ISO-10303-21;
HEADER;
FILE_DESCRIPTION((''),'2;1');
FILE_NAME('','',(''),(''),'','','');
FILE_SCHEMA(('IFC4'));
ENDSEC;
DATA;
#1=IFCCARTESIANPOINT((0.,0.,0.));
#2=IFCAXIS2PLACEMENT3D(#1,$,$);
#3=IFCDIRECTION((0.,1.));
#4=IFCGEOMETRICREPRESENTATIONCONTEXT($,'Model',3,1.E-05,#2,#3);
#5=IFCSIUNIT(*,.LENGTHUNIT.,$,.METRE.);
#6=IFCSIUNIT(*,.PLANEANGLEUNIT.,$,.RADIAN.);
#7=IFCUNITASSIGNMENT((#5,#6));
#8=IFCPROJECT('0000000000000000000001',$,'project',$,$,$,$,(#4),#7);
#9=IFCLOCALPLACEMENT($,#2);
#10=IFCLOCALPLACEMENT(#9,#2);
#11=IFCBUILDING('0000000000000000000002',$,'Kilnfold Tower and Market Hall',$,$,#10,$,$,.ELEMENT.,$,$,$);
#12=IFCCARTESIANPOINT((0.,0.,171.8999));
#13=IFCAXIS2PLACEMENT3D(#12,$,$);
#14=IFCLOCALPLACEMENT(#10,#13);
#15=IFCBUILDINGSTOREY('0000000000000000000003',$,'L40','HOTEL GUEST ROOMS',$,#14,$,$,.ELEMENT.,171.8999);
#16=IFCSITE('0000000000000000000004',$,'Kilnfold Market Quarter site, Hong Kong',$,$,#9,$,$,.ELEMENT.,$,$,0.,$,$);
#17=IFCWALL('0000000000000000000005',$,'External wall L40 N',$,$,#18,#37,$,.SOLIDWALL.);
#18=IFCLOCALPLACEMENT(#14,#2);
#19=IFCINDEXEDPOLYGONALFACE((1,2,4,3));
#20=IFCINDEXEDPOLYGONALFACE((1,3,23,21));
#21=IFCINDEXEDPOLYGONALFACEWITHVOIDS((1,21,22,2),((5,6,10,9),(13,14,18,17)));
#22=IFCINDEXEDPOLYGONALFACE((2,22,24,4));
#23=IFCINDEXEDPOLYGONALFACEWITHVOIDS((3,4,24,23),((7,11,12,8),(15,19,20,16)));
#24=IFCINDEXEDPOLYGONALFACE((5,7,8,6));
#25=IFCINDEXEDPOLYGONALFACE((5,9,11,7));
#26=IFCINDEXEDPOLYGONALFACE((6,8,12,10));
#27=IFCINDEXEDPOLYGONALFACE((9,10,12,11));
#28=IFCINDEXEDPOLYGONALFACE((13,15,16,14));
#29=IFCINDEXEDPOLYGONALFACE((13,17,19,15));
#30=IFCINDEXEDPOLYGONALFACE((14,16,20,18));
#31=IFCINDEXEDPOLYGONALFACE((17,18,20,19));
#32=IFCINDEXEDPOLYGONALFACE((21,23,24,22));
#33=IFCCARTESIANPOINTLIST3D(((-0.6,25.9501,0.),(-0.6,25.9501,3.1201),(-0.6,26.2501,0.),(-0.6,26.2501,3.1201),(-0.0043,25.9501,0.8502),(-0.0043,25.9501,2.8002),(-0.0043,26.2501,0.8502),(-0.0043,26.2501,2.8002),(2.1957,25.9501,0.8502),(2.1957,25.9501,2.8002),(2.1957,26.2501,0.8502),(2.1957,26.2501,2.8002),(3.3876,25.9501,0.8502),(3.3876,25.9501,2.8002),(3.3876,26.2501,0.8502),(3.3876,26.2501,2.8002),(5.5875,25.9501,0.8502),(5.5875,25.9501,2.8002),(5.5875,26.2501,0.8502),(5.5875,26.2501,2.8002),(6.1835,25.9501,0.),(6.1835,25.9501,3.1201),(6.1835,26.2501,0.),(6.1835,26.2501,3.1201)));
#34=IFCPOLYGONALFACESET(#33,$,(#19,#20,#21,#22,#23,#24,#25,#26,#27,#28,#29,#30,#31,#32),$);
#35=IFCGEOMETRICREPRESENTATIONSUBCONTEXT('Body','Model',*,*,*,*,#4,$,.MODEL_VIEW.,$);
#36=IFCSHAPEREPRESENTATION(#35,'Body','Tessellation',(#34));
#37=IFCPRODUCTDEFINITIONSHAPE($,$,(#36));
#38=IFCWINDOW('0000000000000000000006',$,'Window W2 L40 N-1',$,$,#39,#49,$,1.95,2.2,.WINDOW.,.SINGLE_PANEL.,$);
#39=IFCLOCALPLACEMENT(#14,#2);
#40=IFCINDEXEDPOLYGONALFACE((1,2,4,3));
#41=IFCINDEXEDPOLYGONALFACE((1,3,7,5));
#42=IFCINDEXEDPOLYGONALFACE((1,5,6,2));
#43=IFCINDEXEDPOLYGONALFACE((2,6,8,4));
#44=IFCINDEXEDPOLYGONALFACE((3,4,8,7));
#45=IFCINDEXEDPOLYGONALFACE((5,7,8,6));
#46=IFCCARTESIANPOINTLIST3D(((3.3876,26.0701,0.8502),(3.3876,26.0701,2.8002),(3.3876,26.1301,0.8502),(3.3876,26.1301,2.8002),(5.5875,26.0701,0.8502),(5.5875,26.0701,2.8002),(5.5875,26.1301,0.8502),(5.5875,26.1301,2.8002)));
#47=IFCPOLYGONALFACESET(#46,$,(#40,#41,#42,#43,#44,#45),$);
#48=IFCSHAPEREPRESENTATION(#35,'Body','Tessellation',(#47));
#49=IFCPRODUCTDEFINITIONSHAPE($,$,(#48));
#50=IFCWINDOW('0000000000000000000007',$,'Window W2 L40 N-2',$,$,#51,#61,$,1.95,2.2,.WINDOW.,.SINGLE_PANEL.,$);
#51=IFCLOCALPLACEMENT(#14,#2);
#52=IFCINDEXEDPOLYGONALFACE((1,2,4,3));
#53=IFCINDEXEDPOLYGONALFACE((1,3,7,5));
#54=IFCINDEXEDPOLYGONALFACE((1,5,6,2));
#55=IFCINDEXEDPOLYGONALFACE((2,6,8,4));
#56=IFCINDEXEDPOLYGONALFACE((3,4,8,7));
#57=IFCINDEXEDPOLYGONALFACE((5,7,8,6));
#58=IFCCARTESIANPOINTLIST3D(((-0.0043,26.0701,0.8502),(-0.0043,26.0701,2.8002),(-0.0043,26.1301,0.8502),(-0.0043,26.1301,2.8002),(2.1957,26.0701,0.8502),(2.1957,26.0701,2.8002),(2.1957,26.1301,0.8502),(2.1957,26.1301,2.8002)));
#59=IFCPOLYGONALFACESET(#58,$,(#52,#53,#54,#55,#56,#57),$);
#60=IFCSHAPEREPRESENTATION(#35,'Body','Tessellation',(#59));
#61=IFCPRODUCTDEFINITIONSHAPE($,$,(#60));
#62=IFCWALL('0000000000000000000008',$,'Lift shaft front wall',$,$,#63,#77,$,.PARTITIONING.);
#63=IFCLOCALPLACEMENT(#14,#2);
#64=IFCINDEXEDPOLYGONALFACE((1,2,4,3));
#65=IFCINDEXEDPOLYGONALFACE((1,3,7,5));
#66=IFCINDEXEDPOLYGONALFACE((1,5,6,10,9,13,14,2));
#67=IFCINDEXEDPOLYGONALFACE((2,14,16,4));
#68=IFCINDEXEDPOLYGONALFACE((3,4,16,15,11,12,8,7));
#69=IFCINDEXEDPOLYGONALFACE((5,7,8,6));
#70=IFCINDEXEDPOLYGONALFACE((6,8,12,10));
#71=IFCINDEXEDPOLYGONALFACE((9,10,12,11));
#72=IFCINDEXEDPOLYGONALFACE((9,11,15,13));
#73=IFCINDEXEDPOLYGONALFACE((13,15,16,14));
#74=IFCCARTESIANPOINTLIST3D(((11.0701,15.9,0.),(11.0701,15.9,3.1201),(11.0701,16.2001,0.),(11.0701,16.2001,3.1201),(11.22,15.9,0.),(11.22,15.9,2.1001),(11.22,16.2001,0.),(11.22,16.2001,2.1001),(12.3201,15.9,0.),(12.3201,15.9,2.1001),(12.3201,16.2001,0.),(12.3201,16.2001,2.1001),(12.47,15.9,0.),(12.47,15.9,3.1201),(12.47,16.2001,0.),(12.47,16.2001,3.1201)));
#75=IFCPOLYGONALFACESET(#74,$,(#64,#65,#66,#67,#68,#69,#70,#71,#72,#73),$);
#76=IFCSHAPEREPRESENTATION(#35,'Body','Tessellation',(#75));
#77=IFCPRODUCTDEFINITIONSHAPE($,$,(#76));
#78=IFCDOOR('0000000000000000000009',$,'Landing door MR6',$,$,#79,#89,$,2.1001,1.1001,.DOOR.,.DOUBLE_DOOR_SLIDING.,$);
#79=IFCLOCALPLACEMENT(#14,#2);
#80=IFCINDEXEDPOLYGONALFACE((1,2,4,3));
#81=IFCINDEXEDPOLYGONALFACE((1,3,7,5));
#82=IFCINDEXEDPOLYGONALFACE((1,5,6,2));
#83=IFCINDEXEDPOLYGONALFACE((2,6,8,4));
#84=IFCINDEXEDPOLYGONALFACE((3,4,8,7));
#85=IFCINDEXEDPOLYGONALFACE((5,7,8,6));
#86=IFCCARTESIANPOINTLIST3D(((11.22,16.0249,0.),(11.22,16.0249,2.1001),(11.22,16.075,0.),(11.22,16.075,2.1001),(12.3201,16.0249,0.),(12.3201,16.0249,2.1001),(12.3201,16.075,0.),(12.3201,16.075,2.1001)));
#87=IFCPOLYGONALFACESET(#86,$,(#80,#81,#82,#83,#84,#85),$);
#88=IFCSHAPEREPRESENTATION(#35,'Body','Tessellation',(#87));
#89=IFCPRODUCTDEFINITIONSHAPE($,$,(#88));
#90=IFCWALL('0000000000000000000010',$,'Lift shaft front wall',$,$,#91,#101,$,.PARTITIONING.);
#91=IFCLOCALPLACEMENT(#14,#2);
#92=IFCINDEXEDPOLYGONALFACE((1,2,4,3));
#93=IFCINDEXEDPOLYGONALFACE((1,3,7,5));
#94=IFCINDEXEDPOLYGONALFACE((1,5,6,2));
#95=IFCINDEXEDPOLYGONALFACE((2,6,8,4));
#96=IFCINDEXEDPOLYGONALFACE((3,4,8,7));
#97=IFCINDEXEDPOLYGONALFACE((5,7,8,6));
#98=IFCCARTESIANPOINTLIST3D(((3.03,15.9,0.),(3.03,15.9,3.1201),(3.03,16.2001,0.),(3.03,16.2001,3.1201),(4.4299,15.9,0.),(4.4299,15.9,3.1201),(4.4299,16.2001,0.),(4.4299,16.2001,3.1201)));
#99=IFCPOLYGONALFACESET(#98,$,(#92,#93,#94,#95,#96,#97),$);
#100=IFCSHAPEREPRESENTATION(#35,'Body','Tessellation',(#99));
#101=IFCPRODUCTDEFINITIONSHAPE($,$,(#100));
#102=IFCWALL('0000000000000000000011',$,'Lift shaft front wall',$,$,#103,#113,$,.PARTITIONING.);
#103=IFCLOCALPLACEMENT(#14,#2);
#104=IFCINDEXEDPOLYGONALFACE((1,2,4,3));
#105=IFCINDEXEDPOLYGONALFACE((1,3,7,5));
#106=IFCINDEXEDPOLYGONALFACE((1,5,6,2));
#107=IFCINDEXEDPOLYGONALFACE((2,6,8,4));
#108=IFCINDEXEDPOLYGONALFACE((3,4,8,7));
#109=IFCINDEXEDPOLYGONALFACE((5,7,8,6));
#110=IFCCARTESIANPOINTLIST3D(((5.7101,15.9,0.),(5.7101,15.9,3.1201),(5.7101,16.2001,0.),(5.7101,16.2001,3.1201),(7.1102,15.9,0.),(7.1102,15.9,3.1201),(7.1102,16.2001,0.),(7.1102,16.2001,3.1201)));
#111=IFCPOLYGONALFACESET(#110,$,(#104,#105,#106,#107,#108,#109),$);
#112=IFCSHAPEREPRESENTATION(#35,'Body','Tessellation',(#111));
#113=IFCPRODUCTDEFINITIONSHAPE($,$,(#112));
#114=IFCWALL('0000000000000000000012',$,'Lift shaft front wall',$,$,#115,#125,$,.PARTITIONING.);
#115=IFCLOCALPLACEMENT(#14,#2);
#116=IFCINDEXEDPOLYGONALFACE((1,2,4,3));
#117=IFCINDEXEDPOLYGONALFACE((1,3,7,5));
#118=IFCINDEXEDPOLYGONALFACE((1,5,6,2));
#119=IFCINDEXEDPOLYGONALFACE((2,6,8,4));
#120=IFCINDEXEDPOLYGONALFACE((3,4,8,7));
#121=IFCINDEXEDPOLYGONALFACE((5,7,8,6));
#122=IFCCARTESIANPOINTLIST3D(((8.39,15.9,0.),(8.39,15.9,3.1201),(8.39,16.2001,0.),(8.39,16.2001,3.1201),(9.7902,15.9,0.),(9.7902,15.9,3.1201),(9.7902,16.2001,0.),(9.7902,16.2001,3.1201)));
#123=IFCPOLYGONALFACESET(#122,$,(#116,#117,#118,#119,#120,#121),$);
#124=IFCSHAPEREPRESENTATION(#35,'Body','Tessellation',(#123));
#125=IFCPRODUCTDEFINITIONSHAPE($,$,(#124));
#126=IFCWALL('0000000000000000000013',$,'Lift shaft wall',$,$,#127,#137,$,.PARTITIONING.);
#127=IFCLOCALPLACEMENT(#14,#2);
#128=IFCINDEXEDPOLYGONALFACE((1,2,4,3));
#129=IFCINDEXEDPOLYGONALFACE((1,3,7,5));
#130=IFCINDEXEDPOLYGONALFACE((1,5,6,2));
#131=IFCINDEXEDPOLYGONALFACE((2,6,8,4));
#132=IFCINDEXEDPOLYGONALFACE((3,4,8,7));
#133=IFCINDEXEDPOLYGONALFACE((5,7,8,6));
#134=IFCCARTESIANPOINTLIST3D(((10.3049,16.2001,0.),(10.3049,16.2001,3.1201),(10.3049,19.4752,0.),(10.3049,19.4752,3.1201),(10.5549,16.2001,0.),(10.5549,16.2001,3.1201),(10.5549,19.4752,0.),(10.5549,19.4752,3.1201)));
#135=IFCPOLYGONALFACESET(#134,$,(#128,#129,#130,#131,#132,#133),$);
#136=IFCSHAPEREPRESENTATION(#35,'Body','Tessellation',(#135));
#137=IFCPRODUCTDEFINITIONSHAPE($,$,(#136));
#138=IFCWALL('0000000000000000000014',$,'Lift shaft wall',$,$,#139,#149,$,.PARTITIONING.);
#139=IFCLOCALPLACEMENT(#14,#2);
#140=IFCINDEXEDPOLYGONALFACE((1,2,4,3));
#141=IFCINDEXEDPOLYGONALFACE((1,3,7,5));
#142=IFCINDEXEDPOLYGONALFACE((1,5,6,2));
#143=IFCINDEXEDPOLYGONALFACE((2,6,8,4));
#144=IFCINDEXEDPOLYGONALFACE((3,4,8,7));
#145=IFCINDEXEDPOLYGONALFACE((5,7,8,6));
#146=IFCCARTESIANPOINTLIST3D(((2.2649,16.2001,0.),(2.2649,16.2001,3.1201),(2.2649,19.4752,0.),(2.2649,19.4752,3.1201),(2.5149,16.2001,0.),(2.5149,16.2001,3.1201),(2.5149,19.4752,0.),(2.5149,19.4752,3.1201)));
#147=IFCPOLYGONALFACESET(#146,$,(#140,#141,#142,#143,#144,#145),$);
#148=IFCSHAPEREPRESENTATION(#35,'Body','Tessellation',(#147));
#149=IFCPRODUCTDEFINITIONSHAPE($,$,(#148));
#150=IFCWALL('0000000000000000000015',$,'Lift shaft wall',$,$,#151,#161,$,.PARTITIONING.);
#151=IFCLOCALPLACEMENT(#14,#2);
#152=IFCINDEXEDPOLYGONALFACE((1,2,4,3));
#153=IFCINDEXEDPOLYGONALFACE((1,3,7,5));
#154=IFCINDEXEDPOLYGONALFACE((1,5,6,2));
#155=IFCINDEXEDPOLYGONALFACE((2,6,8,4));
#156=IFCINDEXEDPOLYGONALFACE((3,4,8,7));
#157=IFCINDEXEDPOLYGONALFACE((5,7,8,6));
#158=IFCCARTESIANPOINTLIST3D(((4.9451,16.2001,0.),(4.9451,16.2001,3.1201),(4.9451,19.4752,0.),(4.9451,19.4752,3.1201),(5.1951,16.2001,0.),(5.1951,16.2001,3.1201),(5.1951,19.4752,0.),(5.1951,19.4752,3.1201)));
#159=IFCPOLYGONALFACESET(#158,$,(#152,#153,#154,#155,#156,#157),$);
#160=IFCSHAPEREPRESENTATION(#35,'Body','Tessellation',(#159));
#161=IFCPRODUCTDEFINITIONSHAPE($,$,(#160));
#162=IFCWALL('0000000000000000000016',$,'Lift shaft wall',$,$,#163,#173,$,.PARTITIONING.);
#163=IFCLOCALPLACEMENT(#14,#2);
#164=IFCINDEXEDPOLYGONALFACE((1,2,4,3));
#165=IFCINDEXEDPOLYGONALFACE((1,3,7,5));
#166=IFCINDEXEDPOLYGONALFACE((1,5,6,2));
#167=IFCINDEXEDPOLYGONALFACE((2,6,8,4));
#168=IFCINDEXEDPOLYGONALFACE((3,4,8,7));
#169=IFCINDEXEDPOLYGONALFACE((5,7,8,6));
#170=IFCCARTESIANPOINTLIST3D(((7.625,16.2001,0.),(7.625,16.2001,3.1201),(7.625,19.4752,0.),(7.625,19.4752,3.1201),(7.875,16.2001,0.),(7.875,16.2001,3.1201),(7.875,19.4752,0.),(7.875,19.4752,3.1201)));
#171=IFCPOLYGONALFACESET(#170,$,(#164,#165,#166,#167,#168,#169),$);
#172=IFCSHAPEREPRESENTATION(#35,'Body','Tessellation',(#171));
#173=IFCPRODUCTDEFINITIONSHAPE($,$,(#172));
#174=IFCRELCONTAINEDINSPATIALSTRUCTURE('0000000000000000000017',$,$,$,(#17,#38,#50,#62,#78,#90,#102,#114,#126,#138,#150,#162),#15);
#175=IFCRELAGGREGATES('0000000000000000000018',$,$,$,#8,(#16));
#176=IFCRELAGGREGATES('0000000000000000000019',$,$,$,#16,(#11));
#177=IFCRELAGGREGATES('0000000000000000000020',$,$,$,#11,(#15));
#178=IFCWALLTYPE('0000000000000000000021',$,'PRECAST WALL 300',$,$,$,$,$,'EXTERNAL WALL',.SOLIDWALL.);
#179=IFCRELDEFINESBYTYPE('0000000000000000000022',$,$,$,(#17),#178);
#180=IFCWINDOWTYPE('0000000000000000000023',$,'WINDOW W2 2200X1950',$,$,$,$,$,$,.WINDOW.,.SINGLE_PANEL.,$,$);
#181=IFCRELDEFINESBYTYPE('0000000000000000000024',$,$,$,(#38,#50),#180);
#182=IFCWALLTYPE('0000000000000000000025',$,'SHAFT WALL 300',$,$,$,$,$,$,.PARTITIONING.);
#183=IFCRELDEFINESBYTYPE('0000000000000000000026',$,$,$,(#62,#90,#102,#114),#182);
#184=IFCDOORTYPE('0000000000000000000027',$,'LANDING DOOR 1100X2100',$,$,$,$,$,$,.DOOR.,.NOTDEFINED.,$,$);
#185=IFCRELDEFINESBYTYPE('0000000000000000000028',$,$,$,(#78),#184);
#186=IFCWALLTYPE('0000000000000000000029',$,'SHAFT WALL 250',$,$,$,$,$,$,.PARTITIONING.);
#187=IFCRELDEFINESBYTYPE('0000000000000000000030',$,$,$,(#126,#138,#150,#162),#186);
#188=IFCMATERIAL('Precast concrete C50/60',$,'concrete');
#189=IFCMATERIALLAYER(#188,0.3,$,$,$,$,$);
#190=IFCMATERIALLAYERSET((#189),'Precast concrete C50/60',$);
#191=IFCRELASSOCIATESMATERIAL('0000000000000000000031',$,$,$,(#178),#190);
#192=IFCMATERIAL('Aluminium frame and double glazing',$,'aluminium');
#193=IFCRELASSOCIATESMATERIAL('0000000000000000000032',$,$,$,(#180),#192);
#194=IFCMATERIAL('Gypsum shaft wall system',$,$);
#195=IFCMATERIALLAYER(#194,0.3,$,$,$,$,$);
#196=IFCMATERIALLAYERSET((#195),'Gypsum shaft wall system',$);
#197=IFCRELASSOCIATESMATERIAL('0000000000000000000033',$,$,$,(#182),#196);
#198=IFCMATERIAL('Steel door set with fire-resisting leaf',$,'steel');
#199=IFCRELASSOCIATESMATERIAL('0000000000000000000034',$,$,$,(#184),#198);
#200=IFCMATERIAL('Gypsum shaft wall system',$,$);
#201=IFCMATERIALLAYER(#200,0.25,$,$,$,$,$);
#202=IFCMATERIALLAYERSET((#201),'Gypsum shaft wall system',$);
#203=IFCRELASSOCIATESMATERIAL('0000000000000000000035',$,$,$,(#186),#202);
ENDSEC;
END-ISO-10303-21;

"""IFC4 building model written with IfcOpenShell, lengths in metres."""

from ifc_helpers import new_model, si_unit, direction, frame, frame_2d, origin, place, context, subcontext, project, spatial, rectangle, extrude, source, transform, mapped, material, layer, layer_set, type_object, element, fill, save


model = new_model("IFC4")

# Units and contexts
model_context = context("Model", 3, precision=1e-05, world=origin(), true_north=direction((0.0, 1.0)))
body_context = subcontext(model_context, "Body", "Model", "MODEL_VIEW")
ifc_project = project(units=[si_unit("LENGTHUNIT", "METRE"), si_unit("PLANEANGLEUNIT", "RADIAN")], contexts=[model_context])

# Site, building, storey
site_placement = place(None, origin())
site = spatial("IfcSite", under=ifc_project, at=site_placement, Name="Kilnfold Market Quarter site, Hong Kong", CompositionType="ELEMENT", RefElevation=0.0)
building_placement = place(site_placement, origin())
building = spatial("IfcBuilding", under=site, at=building_placement, Name="Kilnfold Tower and Market Hall", CompositionType="ELEMENT")
storey_placement = place(building_placement, frame((0.0, 0.0, 171.8999)))
storey = spatial("IfcBuildingStorey", under=building, at=storey_placement, Name="L40", Description="HOTEL GUEST ROOMS", CompositionType="ELEMENT", Elevation=171.8999)

# Wall, openings, windows
ifc_material_1 = material(Name="Precast concrete C50/60", Category="concrete")
ifc_layer_1 = layer(ifc_material_1, 0.3)
ifc_layer_set_1 = layer_set([ifc_layer_1], Name="Precast concrete C50/60")
wall_type_1 = type_object("IfcWallType", Name="PRECAST WALL 300", ElementType="EXTERNAL WALL", PredefinedType="SOLIDWALL", material=ifc_layer_set_1)
shared_shape_1 = source(origin(), body_context, "Body", "SweptSolid", [
    extrude(rectangle(XDim=6.7834, YDim=0.3, at=frame_2d((3.3916, 0.0))), origin(), (0.0, 0.0, 1.0), 3.1201),
])
wall_1_placement = place(storey_placement, frame((6.1833, 26.1001, 0.0), z_axis=(0.0, 0.0, 1.0), x_axis=(-1.0, 0.0, 0.0)))
wall_1 = element("IfcWall", 1, at=wall_1_placement, inside=storey, type_object=wall_type_1, Name="External wall L40 N", PredefinedType="SOLIDWALL", context=body_context, shape_type="MappedRepresentation", body=[
    mapped(shared_shape_1, transform((0.0, 0.0, 0.0))),
])
opening_1_placement = place(wall_1_placement, frame((0.5957, 0.0, 0.8501)))
opening_1 = element("IfcOpeningElement", 2, at=opening_1_placement, cuts=wall_1, PredefinedType="OPENING", context=body_context, shape_type="SweptSolid", body=[
    extrude(rectangle(XDim=2.2, YDim=1.95, at=frame_2d((1.1001, 0.9751))), frame((0.0, 0.1602, 0.0), z_axis=(0.0, -1.0, 0.0), x_axis=(1.0, 0.0, 0.0)), (0.0, 0.0, 1.0), 0.3201),
])
opening_2_placement = place(wall_1_placement, frame((3.9875, 0.0, 0.8501)))
opening_2 = element("IfcOpeningElement", 3, at=opening_2_placement, cuts=wall_1, PredefinedType="OPENING", context=body_context, shape_type="SweptSolid", body=[
    extrude(rectangle(XDim=2.2, YDim=1.95, at=frame_2d((1.1001, 0.9751))), frame((0.0, 0.1602, 0.0), z_axis=(0.0, -1.0, 0.0), x_axis=(1.0, 0.0, 0.0)), (0.0, 0.0, 1.0), 0.3201),
])
ifc_material_2 = material(Name="Aluminium frame and double glazing", Category="aluminium")
window_type = type_object("IfcWindowType", Name="WINDOW W2 2200X1950", PartitioningType="SINGLE_PANEL", PredefinedType="WINDOW", material=ifc_material_2)
window_1_placement = place(opening_1_placement, origin())
window_1 = element("IfcWindow", 4, at=window_1_placement, inside=storey, type_object=window_type, Name="Window W2 L40 N-1", OverallHeight=1.95, OverallWidth=2.2, PartitioningType="SINGLE_PANEL", PredefinedType="WINDOW", context=body_context, shape_type="SweptSolid", body=[
    extrude(rectangle(XDim=2.2, YDim=1.95, at=frame_2d((1.1001, 0.9751))), frame((0.0, 0.03, 0.0), z_axis=(0.0, -1.0, 0.0), x_axis=(1.0, 0.0, 0.0)), (0.0, 0.0, 1.0), 0.0601),
])
fill(opening_1, window_1)
window_2_placement = place(opening_2_placement, origin())
window_2 = element("IfcWindow", 5, at=window_2_placement, inside=storey, type_object=window_type, Name="Window W2 L40 N-2", OverallHeight=1.95, OverallWidth=2.2, PartitioningType="SINGLE_PANEL", PredefinedType="WINDOW", context=body_context, shape_type="SweptSolid", body=[
    extrude(rectangle(XDim=2.2, YDim=1.95, at=frame_2d((1.1001, 0.9751))), frame((0.0, 0.03, 0.0), z_axis=(0.0, -1.0, 0.0), x_axis=(1.0, 0.0, 0.0)), (0.0, 0.0, 1.0), 0.0601),
])
fill(opening_2, window_2)

# Wall, opening, door
ifc_material_3 = material(Name="Gypsum shaft wall system")
ifc_layer_2 = layer(ifc_material_3, 0.3)
ifc_layer_set_2 = layer_set([ifc_layer_2], Name="Gypsum shaft wall system")
wall_type_2 = type_object("IfcWallType", Name="SHAFT WALL 300", PredefinedType="PARTITIONING", material=ifc_layer_set_2)
shared_shape_2 = source(origin(), body_context, "Body", "SweptSolid", [
    extrude(rectangle(XDim=1.3999, YDim=0.3, at=frame_2d((0.7, 0.0))), origin(), (0.0, 0.0, 1.0), 3.1201),
])
wall_2_placement = place(storey_placement, frame((11.0701, 16.05, 0.0), z_axis=(0.0, 0.0, 1.0), x_axis=(1.0, 0.0, 0.0)))
wall_2 = element("IfcWall", 6, at=wall_2_placement, inside=storey, type_object=wall_type_2, Name="Lift shaft front wall", PredefinedType="PARTITIONING", context=body_context, shape_type="MappedRepresentation", body=[
    mapped(shared_shape_2, transform((0.0, 0.0, 0.0))),
])
opening_3_placement = place(wall_2_placement, frame((0.1499, 0.0, 0.0)))
opening_3 = element("IfcOpeningElement", 7, at=opening_3_placement, cuts=wall_2, PredefinedType="OPENING", context=body_context, shape_type="SweptSolid", body=[
    extrude(rectangle(XDim=1.1001, YDim=2.1001, at=frame_2d((0.55, 1.05))), frame((0.0, 0.1602, 0.0), z_axis=(0.0, -1.0, 0.0), x_axis=(1.0, 0.0, 0.0)), (0.0, 0.0, 1.0), 0.3201),
])
ifc_material_4 = material(Name="Steel door set with fire-resisting leaf", Category="steel")
door_type = type_object("IfcDoorType", Name="LANDING DOOR 1100X2100", OperationType="NOTDEFINED", PredefinedType="DOOR", material=ifc_material_4)
door_placement = place(opening_3_placement, origin())
door = element("IfcDoor", 8, at=door_placement, inside=storey, type_object=door_type, Name="Landing door MR6", OperationType="DOUBLE_DOOR_SLIDING", OverallHeight=2.1001, OverallWidth=1.1001, PredefinedType="DOOR", context=body_context, shape_type="SweptSolid", body=[
    extrude(rectangle(XDim=1.1001, YDim=2.1001, at=frame_2d((0.55, 1.05))), frame((0.0, 0.0249, 0.0), z_axis=(0.0, -1.0, 0.0), x_axis=(1.0, 0.0, 0.0)), (0.0, 0.0, 1.0), 0.05),
])
fill(opening_3, door)

# Walls
wall_3_placement = place(storey_placement, frame((3.03, 16.05, 0.0), z_axis=(0.0, 0.0, 1.0), x_axis=(1.0, 0.0, 0.0)))
element("IfcWall", 9, at=wall_3_placement, inside=storey, type_object=wall_type_2, Name="Lift shaft front wall", PredefinedType="PARTITIONING", context=body_context, shape_type="MappedRepresentation", body=[
    mapped(shared_shape_2, transform((0.0, 0.0, 0.0))),
])
shared_shape_3 = source(origin(), body_context, "Body", "SweptSolid", [
    extrude(rectangle(XDim=1.4001, YDim=0.3, at=frame_2d((0.7002, 0.0))), origin(), (0.0, 0.0, 1.0), 3.1201),
])
for number, where, z_axis, x_axis, name in (
    (10, (5.71, 16.05, 0.0), (0.0, 0.0, 1.0), (1.0, 0.0, 0.0), "Lift shaft front wall"),
    (11, (8.3899, 16.05, 0.0), (0.0, 0.0, 1.0), (1.0, 0.0, 0.0), "Lift shaft front wall"),
):
    element("IfcWall", number, at=place(storey_placement, frame(where, z_axis=z_axis, x_axis=x_axis)), inside=storey, type_object=wall_type_2, Name=name, PredefinedType="PARTITIONING", context=body_context, shape_type="MappedRepresentation", body=[
        mapped(shared_shape_3, transform((0.0, 0.0, 0.0))),
    ])
ifc_material_5 = material(Name="Gypsum shaft wall system")
ifc_layer_3 = layer(ifc_material_5, 0.25)
ifc_layer_set_3 = layer_set([ifc_layer_3], Name="Gypsum shaft wall system")
wall_type_3 = type_object("IfcWallType", Name="SHAFT WALL 250", PredefinedType="PARTITIONING", material=ifc_layer_set_3)
shared_shape_4 = source(origin(), body_context, "Body", "SweptSolid", [
    extrude(rectangle(XDim=3.2751, YDim=0.25, at=frame_2d((1.6377, 0.0))), origin(), (0.0, 0.0, 1.0), 3.1201),
])
for number, where, z_axis, x_axis, name in (
    (12, (10.4299, 16.2, 0.0), (0.0, 0.0, 1.0), (0.0, 1.0, 0.0), "Lift shaft wall"),
    (13, (2.3899, 16.2, 0.0), (0.0, 0.0, 1.0), (0.0, 1.0, 0.0), "Lift shaft wall"),
    (14, (5.0701, 16.2, 0.0), (0.0, 0.0, 1.0), (0.0, 1.0, 0.0), "Lift shaft wall"),
    (15, (7.75, 16.2, 0.0), (0.0, 0.0, 1.0), (0.0, 1.0, 0.0), "Lift shaft wall"),
):
    element("IfcWall", number, at=place(storey_placement, frame(where, z_axis=z_axis, x_axis=x_axis)), inside=storey, type_object=wall_type_3, Name=name, PredefinedType="PARTITIONING", context=body_context, shape_type="MappedRepresentation", body=[
        mapped(shared_shape_4, transform((0.0, 0.0, 0.0))),
    ])

save(model, "model.ifc")
